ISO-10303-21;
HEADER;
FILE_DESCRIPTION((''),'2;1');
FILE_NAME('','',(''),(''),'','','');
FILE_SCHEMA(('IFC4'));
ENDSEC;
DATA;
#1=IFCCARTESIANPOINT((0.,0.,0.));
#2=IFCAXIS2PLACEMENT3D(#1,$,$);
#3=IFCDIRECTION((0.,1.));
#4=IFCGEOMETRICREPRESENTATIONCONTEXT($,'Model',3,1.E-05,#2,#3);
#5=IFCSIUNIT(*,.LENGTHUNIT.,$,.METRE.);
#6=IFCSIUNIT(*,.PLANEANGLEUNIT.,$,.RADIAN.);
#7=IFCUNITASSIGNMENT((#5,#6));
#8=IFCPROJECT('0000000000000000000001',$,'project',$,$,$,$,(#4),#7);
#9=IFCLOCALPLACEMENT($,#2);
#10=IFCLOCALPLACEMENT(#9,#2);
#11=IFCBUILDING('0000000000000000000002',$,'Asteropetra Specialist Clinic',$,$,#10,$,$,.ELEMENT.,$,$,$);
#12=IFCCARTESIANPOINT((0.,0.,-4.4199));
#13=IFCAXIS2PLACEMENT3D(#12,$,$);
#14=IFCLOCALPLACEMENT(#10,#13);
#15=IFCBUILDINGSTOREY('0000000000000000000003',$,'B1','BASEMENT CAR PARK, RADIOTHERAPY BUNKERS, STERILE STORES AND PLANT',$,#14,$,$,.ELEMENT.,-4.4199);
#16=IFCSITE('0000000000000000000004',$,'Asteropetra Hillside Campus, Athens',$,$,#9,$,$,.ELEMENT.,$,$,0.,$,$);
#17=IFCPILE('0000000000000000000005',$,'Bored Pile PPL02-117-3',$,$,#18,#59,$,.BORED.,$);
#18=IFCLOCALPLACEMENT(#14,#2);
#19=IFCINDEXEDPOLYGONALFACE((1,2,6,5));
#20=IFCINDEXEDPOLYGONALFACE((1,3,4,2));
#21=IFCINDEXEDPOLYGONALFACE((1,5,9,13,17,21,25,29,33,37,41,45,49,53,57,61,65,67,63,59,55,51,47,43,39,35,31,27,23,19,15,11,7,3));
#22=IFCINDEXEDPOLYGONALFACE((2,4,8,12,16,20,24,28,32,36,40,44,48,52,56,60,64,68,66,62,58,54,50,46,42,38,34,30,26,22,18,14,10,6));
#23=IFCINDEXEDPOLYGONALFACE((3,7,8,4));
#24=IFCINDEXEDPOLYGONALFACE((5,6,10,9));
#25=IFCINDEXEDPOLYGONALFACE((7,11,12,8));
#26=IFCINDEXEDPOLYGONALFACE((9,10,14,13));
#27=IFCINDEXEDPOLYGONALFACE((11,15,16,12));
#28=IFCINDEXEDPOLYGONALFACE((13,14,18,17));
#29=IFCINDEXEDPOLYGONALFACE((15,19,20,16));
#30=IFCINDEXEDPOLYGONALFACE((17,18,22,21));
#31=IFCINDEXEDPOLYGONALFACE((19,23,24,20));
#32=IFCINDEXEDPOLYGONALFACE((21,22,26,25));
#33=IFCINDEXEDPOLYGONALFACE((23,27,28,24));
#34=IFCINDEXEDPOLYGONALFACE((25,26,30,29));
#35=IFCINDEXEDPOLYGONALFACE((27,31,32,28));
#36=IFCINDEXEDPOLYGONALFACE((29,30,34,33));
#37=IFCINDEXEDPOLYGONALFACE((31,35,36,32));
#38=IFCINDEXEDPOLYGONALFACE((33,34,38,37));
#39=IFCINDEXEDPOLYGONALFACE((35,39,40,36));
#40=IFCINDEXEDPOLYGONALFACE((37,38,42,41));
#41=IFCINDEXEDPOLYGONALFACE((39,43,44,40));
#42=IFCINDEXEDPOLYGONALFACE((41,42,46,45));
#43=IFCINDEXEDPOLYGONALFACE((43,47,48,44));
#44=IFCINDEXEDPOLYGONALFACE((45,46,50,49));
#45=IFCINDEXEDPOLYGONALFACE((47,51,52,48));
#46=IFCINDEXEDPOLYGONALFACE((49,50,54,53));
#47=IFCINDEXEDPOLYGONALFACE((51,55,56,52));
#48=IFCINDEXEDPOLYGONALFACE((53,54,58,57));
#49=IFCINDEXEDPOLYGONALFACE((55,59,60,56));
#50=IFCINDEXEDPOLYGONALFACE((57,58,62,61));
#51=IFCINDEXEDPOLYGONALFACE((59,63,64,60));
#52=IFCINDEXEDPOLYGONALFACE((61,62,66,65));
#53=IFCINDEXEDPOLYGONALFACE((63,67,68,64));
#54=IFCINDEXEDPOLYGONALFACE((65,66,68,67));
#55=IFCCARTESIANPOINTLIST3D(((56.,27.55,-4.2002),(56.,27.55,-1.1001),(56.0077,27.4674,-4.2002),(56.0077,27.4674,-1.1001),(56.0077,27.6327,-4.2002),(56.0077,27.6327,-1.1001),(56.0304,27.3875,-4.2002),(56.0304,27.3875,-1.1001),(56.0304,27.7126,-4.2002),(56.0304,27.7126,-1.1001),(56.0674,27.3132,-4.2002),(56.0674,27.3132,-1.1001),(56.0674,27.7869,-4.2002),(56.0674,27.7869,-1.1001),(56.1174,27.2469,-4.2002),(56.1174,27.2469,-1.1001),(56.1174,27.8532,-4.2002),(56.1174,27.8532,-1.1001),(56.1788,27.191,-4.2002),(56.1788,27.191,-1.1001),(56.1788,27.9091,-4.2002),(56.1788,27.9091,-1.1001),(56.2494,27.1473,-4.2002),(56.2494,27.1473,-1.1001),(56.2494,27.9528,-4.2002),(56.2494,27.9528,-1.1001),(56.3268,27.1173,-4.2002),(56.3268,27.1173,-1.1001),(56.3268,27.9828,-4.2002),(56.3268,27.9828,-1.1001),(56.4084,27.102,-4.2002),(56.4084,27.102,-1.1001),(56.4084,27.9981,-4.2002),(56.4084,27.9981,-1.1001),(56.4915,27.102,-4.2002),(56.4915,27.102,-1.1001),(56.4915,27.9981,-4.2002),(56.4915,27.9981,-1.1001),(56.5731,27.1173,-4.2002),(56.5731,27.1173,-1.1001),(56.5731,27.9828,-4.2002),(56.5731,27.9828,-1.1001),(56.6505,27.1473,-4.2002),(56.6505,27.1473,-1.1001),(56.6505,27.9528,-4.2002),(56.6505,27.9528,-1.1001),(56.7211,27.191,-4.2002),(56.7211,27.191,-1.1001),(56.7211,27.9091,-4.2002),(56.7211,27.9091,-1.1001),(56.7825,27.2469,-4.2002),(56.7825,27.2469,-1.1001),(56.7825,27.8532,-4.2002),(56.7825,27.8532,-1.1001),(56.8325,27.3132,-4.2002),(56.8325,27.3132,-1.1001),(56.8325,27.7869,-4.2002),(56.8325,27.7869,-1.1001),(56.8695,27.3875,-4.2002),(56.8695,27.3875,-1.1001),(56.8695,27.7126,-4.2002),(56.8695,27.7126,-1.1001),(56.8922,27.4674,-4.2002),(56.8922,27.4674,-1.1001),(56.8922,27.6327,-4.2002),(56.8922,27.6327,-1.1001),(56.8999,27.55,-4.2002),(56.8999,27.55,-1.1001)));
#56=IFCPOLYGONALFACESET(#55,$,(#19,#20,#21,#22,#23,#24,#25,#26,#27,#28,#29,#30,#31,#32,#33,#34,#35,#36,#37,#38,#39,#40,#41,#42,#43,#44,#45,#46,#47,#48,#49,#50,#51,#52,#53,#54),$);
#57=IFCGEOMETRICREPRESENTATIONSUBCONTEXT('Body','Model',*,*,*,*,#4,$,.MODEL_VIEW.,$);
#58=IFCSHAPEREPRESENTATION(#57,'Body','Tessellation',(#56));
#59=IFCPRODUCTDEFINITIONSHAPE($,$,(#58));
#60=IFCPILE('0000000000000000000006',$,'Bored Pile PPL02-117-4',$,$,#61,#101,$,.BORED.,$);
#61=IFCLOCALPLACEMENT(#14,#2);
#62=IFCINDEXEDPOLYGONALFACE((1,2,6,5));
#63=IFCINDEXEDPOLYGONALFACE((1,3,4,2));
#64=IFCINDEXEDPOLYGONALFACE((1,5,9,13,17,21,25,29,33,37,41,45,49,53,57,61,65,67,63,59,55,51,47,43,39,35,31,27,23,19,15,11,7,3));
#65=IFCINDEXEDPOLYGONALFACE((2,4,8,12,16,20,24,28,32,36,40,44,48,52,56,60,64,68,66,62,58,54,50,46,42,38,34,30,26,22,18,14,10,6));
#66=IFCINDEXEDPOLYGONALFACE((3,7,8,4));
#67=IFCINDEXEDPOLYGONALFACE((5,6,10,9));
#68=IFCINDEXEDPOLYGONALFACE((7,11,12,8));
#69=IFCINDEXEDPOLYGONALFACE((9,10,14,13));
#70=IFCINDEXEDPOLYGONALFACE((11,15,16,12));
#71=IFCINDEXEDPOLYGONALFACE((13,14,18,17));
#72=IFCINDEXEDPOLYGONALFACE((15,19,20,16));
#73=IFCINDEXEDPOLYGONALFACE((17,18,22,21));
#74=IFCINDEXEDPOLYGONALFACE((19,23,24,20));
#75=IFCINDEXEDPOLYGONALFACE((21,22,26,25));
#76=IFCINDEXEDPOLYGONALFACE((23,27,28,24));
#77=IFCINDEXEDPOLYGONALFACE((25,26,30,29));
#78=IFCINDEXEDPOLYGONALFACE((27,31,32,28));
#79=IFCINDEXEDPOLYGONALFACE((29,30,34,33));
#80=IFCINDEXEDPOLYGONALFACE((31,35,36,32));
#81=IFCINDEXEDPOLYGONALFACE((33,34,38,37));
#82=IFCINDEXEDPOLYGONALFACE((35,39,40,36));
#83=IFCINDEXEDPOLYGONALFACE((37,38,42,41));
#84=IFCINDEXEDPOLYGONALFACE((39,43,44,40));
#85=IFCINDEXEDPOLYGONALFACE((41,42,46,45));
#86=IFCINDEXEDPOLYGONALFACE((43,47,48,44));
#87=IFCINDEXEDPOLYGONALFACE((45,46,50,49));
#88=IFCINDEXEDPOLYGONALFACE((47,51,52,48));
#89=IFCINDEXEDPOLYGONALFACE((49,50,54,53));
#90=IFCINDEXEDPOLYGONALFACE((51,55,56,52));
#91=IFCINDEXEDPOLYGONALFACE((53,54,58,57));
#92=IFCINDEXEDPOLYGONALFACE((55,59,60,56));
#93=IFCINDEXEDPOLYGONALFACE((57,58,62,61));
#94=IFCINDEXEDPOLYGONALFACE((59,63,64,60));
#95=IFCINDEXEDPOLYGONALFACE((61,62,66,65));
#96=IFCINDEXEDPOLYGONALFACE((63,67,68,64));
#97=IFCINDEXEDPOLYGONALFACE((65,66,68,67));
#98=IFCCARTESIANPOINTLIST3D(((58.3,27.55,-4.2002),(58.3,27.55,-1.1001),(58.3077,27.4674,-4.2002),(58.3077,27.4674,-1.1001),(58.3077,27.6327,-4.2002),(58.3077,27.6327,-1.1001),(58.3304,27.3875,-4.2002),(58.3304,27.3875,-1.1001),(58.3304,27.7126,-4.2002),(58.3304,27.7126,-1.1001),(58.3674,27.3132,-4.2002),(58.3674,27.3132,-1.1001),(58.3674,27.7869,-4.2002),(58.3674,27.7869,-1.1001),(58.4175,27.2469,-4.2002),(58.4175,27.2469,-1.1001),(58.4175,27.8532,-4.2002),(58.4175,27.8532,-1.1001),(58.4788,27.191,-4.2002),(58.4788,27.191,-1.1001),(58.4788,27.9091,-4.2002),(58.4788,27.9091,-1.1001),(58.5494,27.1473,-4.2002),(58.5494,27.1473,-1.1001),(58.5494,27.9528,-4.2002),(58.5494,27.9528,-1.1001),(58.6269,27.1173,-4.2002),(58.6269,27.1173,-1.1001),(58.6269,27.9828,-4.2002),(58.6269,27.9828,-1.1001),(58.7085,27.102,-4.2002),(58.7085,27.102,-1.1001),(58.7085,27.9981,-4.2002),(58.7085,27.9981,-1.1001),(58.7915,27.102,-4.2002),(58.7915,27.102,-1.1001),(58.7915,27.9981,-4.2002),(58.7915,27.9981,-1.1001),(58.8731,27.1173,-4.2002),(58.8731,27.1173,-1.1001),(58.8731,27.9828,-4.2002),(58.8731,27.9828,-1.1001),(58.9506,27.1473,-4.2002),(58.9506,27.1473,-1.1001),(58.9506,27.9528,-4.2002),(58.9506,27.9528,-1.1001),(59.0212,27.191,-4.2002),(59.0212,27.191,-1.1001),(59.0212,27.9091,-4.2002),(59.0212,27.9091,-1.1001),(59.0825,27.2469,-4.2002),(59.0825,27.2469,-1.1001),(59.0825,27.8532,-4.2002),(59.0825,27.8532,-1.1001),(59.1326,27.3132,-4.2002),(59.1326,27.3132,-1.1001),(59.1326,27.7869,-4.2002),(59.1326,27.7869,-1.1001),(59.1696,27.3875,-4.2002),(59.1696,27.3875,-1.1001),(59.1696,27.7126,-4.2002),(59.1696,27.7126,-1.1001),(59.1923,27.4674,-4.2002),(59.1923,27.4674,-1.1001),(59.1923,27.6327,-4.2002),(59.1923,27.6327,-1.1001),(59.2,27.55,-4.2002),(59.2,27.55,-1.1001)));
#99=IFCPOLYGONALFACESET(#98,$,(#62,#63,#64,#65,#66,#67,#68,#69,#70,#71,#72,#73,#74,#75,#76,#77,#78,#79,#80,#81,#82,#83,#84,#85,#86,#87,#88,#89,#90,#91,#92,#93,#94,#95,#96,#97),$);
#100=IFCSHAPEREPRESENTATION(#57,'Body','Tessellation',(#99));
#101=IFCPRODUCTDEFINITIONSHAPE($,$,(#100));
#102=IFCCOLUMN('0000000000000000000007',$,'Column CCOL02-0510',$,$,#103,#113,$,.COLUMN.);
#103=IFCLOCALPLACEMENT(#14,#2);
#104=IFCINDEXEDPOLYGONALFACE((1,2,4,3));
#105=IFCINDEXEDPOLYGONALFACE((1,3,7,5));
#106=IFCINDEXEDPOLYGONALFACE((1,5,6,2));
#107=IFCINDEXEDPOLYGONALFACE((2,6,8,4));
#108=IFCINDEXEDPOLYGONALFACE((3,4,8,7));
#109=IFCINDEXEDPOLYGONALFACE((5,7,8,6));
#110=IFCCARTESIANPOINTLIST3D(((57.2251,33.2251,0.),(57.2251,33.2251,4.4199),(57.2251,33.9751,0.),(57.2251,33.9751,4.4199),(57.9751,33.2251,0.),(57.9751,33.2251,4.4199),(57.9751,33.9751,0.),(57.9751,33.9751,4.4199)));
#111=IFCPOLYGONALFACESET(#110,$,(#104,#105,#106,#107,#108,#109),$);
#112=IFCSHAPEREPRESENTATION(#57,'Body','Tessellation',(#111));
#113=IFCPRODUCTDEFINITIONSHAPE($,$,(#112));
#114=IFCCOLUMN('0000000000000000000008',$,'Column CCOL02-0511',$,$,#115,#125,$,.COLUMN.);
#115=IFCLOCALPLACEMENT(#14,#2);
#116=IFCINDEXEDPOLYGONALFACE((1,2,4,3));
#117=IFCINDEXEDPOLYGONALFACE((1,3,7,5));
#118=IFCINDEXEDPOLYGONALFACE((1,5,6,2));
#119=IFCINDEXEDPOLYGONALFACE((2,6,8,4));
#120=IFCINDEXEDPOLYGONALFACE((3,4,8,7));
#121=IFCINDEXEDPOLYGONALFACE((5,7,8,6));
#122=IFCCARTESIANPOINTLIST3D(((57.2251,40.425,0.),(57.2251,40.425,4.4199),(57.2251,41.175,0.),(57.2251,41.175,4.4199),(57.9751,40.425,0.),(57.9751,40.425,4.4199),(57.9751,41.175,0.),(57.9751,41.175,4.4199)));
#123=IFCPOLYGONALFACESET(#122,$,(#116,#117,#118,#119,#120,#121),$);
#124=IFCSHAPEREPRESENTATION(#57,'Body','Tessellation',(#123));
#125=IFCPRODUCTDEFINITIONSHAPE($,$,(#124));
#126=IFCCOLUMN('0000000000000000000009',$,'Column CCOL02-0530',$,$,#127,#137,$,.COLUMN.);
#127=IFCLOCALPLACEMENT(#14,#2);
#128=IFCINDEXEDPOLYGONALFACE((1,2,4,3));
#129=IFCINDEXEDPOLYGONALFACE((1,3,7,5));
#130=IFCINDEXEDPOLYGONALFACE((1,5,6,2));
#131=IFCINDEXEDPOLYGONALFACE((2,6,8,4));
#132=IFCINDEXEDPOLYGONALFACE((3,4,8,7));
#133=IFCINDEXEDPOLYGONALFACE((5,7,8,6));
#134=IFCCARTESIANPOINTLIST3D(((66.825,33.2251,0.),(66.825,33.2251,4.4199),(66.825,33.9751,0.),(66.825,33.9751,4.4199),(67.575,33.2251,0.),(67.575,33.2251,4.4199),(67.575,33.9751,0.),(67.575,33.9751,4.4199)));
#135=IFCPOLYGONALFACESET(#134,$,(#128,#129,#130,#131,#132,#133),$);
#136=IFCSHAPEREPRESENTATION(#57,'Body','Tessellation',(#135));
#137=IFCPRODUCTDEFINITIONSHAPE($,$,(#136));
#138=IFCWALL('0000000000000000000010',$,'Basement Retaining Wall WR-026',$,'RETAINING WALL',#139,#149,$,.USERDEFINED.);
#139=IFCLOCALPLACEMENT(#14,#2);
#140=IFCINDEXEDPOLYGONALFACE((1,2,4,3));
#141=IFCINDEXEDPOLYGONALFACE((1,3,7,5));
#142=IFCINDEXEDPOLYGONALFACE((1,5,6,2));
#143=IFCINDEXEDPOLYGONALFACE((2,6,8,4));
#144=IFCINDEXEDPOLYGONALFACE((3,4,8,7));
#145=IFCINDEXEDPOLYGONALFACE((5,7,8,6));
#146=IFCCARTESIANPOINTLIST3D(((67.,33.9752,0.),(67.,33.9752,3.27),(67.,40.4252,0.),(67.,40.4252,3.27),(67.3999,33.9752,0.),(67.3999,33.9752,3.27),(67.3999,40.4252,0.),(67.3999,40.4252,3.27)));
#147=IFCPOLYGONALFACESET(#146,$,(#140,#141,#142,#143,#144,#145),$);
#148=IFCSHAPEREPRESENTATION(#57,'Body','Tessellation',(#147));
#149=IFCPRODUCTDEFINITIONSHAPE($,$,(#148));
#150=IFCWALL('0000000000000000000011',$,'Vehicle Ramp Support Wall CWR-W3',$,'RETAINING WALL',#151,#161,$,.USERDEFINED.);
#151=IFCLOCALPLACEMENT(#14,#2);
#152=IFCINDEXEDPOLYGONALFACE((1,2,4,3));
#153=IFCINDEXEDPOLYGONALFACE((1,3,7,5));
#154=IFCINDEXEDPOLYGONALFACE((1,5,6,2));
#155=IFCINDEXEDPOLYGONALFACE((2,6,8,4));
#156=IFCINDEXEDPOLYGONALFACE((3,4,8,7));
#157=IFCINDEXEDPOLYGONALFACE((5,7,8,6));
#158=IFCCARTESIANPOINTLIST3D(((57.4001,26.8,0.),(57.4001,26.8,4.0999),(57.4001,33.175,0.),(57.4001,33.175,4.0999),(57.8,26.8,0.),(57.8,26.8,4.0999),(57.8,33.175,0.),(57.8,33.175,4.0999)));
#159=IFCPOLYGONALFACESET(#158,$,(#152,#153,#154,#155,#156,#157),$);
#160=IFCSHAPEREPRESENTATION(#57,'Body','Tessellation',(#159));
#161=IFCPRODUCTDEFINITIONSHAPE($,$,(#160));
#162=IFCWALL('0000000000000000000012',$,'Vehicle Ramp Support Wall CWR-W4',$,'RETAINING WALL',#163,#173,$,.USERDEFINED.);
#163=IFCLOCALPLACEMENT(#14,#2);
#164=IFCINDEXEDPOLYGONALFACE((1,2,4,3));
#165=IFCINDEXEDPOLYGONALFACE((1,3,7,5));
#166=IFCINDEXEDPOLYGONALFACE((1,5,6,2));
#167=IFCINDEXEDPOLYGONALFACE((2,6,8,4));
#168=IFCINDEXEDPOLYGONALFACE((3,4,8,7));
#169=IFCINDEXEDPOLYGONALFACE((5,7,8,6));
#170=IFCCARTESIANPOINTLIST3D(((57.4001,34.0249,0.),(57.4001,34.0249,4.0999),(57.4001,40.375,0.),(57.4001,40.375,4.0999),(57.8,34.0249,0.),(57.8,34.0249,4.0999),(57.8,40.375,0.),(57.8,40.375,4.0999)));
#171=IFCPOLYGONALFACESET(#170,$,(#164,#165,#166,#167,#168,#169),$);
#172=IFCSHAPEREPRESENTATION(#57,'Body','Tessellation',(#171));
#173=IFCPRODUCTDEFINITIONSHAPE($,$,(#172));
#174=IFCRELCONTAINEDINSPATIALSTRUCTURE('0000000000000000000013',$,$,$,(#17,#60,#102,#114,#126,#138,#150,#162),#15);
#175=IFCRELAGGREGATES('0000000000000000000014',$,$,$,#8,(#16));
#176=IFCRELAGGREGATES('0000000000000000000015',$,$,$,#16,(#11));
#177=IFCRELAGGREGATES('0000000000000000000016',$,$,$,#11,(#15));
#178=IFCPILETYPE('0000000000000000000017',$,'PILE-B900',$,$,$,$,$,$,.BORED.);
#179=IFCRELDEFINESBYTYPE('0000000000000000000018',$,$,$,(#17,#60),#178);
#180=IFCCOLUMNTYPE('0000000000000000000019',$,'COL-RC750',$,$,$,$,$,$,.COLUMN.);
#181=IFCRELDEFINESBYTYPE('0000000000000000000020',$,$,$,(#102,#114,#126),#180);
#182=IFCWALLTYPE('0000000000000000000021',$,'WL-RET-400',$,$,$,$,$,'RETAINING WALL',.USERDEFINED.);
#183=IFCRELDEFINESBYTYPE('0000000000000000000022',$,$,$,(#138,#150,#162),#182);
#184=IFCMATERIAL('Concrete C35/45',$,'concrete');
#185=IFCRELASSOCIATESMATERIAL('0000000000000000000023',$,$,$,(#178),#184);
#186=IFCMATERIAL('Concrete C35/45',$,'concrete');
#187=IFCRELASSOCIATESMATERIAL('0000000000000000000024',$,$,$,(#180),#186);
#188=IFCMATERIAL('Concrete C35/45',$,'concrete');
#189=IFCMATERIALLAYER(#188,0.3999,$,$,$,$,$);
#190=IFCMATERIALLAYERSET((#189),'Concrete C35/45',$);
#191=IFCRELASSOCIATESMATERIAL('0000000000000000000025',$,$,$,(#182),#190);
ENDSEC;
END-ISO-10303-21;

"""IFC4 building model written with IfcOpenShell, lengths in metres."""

from ifc_helpers import new_model, si_unit, direction, frame, frame_2d, origin, origin_2d, place, context, subcontext, project, spatial, rectangle, circle, extrude, material, layer, layer_set, material_profile, profile_set, type_object, element, save


model = new_model("IFC4")

# Units and contexts
model_context = context("Model", 3, precision=1e-05, world=origin(), true_north=direction((0.0, 1.0)))
body_context = subcontext(model_context, "Body", "Model", "MODEL_VIEW")
ifc_project = project(units=[si_unit("LENGTHUNIT", "METRE"), si_unit("PLANEANGLEUNIT", "RADIAN")], contexts=[model_context])

# Site, building, storey
site_placement = place(None, origin())
site = spatial("IfcSite", under=ifc_project, at=site_placement, Name="Asteropetra Hillside Campus, Athens", CompositionType="ELEMENT", RefElevation=0.0)
building_placement = place(site_placement, origin())
building = spatial("IfcBuilding", under=site, at=building_placement, Name="Asteropetra Specialist Clinic", CompositionType="ELEMENT")
storey_placement = place(building_placement, frame((0.0, 0.0, -4.4199)))
storey = spatial("IfcBuildingStorey", under=building, at=storey_placement, Name="B1", Description="BASEMENT CAR PARK, RADIOTHERAPY BUNKERS, STERILE STORES AND PLANT", CompositionType="ELEMENT", Elevation=-4.4199)

# Piles
ifc_material_1 = material(Name="Concrete C35/45", Category="concrete")
ifc_material_profile_1 = material_profile(ifc_material_1, circle(Radius=0.45, at=origin_2d()), Name="PILE D900")
ifc_profile_set_1 = profile_set([ifc_material_profile_1], Name="Concrete C35/45")
pile_type_1 = type_object("IfcPileType", Name="PILE-B900", PredefinedType="BORED", material=ifc_profile_set_1)
for number, where, z_axis, x_axis, name in (
    (1, (56.45, 27.55, -1.1001), (0.0, 0.0, -1.0), (1.0, 0.0, 0.0), "Bored Pile PPL02-117-3"),
    (2, (58.75, 27.55, -1.1001), (0.0, 0.0, -1.0), (1.0, 0.0, 0.0), "Bored Pile PPL02-117-4"),
):
    element("IfcPile", number, at=place(storey_placement, frame(where, z_axis=z_axis, x_axis=x_axis)), inside=storey, type_object=pile_type_1, Name=name, PredefinedType="BORED", context=body_context, shape_type="SweptSolid", body=[
        extrude(circle(Radius=0.45, at=origin_2d()), origin(), (0.0, 0.0, 1.0), 3.1001),
    ])

# Columns
ifc_material_2 = material(Name="Concrete C35/45", Category="concrete")
ifc_material_profile_2 = material_profile(ifc_material_2, rectangle(XDim=0.75, YDim=0.75, at=origin_2d()), Name="RC 750x750")
ifc_profile_set_2 = profile_set([ifc_material_profile_2], Name="Concrete C35/45")
column_type = type_object("IfcColumnType", Name="COL-RC750", PredefinedType="COLUMN", material=ifc_profile_set_2)
for number, where, z_axis, x_axis, name in (
    (3, (57.6001, 33.6001, 0.0), (0.0, 0.0, 1.0), (1.0, 0.0, 0.0), "Column CCOL02-0510"),
    (4, (57.6001, 40.8, 0.0), (0.0, 0.0, 1.0), (1.0, 0.0, 0.0), "Column CCOL02-0511"),
    (5, (67.2, 33.6001, 0.0), (0.0, 0.0, 1.0), (1.0, 0.0, 0.0), "Column CCOL02-0530"),
):
    element("IfcColumn", number, at=place(storey_placement, frame(where, z_axis=z_axis, x_axis=x_axis)), inside=storey, type_object=column_type, Name=name, PredefinedType="COLUMN", context=body_context, shape_type="SweptSolid", body=[
        extrude(rectangle(XDim=0.75, YDim=0.75, at=origin_2d()), origin(), (0.0, 0.0, 1.0), 4.4199),
    ])

# Walls
ifc_material_3 = material(Name="Concrete C35/45", Category="concrete")
ifc_layer = layer(ifc_material_3, 0.3999)
ifc_layer_set = layer_set([ifc_layer], Name="Concrete C35/45")
wall_type = type_object("IfcWallType", Name="WL-RET-400", ElementType="RETAINING WALL", PredefinedType="USERDEFINED", material=ifc_layer_set)
wall_1_placement = place(storey_placement, frame((67.2, 33.9751, 0.0), z_axis=(0.0, 0.0, 1.0), x_axis=(0.0, 1.0, 0.0)))
element("IfcWall", 6, at=wall_1_placement, inside=storey, type_object=wall_type, Name="Basement Retaining Wall WR-026", ObjectType="RETAINING WALL", PredefinedType="USERDEFINED", context=body_context, shape_type="SweptSolid", body=[
    extrude(rectangle(XDim=6.45, YDim=0.3999, at=frame_2d((3.2251, 0.0))), origin(), (0.0, 0.0, 1.0), 3.27),
])
wall_2_placement = place(storey_placement, frame((57.6001, 26.8, 0.0), z_axis=(0.0, 0.0, 1.0), x_axis=(0.0, 1.0, 0.0)))
element("IfcWall", 7, at=wall_2_placement, inside=storey, type_object=wall_type, Name="Vehicle Ramp Support Wall CWR-W3", ObjectType="RETAINING WALL", PredefinedType="USERDEFINED", context=body_context, shape_type="SweptSolid", body=[
    extrude(rectangle(XDim=6.375, YDim=0.3999, at=frame_2d((3.1875, 0.0))), origin(), (0.0, 0.0, 1.0), 4.0999),
])
wall_3_placement = place(storey_placement, frame((57.6001, 34.0249, 0.0), z_axis=(0.0, 0.0, 1.0), x_axis=(0.0, 1.0, 0.0)))
element("IfcWall", 8, at=wall_3_placement, inside=storey, type_object=wall_type, Name="Vehicle Ramp Support Wall CWR-W4", ObjectType="RETAINING WALL", PredefinedType="USERDEFINED", context=body_context, shape_type="SweptSolid", body=[
    extrude(rectangle(XDim=6.3501, YDim=0.3999, at=frame_2d((3.175, 0.0))), origin(), (0.0, 0.0, 1.0), 4.0999),
])

save(model, "model.ifc")
